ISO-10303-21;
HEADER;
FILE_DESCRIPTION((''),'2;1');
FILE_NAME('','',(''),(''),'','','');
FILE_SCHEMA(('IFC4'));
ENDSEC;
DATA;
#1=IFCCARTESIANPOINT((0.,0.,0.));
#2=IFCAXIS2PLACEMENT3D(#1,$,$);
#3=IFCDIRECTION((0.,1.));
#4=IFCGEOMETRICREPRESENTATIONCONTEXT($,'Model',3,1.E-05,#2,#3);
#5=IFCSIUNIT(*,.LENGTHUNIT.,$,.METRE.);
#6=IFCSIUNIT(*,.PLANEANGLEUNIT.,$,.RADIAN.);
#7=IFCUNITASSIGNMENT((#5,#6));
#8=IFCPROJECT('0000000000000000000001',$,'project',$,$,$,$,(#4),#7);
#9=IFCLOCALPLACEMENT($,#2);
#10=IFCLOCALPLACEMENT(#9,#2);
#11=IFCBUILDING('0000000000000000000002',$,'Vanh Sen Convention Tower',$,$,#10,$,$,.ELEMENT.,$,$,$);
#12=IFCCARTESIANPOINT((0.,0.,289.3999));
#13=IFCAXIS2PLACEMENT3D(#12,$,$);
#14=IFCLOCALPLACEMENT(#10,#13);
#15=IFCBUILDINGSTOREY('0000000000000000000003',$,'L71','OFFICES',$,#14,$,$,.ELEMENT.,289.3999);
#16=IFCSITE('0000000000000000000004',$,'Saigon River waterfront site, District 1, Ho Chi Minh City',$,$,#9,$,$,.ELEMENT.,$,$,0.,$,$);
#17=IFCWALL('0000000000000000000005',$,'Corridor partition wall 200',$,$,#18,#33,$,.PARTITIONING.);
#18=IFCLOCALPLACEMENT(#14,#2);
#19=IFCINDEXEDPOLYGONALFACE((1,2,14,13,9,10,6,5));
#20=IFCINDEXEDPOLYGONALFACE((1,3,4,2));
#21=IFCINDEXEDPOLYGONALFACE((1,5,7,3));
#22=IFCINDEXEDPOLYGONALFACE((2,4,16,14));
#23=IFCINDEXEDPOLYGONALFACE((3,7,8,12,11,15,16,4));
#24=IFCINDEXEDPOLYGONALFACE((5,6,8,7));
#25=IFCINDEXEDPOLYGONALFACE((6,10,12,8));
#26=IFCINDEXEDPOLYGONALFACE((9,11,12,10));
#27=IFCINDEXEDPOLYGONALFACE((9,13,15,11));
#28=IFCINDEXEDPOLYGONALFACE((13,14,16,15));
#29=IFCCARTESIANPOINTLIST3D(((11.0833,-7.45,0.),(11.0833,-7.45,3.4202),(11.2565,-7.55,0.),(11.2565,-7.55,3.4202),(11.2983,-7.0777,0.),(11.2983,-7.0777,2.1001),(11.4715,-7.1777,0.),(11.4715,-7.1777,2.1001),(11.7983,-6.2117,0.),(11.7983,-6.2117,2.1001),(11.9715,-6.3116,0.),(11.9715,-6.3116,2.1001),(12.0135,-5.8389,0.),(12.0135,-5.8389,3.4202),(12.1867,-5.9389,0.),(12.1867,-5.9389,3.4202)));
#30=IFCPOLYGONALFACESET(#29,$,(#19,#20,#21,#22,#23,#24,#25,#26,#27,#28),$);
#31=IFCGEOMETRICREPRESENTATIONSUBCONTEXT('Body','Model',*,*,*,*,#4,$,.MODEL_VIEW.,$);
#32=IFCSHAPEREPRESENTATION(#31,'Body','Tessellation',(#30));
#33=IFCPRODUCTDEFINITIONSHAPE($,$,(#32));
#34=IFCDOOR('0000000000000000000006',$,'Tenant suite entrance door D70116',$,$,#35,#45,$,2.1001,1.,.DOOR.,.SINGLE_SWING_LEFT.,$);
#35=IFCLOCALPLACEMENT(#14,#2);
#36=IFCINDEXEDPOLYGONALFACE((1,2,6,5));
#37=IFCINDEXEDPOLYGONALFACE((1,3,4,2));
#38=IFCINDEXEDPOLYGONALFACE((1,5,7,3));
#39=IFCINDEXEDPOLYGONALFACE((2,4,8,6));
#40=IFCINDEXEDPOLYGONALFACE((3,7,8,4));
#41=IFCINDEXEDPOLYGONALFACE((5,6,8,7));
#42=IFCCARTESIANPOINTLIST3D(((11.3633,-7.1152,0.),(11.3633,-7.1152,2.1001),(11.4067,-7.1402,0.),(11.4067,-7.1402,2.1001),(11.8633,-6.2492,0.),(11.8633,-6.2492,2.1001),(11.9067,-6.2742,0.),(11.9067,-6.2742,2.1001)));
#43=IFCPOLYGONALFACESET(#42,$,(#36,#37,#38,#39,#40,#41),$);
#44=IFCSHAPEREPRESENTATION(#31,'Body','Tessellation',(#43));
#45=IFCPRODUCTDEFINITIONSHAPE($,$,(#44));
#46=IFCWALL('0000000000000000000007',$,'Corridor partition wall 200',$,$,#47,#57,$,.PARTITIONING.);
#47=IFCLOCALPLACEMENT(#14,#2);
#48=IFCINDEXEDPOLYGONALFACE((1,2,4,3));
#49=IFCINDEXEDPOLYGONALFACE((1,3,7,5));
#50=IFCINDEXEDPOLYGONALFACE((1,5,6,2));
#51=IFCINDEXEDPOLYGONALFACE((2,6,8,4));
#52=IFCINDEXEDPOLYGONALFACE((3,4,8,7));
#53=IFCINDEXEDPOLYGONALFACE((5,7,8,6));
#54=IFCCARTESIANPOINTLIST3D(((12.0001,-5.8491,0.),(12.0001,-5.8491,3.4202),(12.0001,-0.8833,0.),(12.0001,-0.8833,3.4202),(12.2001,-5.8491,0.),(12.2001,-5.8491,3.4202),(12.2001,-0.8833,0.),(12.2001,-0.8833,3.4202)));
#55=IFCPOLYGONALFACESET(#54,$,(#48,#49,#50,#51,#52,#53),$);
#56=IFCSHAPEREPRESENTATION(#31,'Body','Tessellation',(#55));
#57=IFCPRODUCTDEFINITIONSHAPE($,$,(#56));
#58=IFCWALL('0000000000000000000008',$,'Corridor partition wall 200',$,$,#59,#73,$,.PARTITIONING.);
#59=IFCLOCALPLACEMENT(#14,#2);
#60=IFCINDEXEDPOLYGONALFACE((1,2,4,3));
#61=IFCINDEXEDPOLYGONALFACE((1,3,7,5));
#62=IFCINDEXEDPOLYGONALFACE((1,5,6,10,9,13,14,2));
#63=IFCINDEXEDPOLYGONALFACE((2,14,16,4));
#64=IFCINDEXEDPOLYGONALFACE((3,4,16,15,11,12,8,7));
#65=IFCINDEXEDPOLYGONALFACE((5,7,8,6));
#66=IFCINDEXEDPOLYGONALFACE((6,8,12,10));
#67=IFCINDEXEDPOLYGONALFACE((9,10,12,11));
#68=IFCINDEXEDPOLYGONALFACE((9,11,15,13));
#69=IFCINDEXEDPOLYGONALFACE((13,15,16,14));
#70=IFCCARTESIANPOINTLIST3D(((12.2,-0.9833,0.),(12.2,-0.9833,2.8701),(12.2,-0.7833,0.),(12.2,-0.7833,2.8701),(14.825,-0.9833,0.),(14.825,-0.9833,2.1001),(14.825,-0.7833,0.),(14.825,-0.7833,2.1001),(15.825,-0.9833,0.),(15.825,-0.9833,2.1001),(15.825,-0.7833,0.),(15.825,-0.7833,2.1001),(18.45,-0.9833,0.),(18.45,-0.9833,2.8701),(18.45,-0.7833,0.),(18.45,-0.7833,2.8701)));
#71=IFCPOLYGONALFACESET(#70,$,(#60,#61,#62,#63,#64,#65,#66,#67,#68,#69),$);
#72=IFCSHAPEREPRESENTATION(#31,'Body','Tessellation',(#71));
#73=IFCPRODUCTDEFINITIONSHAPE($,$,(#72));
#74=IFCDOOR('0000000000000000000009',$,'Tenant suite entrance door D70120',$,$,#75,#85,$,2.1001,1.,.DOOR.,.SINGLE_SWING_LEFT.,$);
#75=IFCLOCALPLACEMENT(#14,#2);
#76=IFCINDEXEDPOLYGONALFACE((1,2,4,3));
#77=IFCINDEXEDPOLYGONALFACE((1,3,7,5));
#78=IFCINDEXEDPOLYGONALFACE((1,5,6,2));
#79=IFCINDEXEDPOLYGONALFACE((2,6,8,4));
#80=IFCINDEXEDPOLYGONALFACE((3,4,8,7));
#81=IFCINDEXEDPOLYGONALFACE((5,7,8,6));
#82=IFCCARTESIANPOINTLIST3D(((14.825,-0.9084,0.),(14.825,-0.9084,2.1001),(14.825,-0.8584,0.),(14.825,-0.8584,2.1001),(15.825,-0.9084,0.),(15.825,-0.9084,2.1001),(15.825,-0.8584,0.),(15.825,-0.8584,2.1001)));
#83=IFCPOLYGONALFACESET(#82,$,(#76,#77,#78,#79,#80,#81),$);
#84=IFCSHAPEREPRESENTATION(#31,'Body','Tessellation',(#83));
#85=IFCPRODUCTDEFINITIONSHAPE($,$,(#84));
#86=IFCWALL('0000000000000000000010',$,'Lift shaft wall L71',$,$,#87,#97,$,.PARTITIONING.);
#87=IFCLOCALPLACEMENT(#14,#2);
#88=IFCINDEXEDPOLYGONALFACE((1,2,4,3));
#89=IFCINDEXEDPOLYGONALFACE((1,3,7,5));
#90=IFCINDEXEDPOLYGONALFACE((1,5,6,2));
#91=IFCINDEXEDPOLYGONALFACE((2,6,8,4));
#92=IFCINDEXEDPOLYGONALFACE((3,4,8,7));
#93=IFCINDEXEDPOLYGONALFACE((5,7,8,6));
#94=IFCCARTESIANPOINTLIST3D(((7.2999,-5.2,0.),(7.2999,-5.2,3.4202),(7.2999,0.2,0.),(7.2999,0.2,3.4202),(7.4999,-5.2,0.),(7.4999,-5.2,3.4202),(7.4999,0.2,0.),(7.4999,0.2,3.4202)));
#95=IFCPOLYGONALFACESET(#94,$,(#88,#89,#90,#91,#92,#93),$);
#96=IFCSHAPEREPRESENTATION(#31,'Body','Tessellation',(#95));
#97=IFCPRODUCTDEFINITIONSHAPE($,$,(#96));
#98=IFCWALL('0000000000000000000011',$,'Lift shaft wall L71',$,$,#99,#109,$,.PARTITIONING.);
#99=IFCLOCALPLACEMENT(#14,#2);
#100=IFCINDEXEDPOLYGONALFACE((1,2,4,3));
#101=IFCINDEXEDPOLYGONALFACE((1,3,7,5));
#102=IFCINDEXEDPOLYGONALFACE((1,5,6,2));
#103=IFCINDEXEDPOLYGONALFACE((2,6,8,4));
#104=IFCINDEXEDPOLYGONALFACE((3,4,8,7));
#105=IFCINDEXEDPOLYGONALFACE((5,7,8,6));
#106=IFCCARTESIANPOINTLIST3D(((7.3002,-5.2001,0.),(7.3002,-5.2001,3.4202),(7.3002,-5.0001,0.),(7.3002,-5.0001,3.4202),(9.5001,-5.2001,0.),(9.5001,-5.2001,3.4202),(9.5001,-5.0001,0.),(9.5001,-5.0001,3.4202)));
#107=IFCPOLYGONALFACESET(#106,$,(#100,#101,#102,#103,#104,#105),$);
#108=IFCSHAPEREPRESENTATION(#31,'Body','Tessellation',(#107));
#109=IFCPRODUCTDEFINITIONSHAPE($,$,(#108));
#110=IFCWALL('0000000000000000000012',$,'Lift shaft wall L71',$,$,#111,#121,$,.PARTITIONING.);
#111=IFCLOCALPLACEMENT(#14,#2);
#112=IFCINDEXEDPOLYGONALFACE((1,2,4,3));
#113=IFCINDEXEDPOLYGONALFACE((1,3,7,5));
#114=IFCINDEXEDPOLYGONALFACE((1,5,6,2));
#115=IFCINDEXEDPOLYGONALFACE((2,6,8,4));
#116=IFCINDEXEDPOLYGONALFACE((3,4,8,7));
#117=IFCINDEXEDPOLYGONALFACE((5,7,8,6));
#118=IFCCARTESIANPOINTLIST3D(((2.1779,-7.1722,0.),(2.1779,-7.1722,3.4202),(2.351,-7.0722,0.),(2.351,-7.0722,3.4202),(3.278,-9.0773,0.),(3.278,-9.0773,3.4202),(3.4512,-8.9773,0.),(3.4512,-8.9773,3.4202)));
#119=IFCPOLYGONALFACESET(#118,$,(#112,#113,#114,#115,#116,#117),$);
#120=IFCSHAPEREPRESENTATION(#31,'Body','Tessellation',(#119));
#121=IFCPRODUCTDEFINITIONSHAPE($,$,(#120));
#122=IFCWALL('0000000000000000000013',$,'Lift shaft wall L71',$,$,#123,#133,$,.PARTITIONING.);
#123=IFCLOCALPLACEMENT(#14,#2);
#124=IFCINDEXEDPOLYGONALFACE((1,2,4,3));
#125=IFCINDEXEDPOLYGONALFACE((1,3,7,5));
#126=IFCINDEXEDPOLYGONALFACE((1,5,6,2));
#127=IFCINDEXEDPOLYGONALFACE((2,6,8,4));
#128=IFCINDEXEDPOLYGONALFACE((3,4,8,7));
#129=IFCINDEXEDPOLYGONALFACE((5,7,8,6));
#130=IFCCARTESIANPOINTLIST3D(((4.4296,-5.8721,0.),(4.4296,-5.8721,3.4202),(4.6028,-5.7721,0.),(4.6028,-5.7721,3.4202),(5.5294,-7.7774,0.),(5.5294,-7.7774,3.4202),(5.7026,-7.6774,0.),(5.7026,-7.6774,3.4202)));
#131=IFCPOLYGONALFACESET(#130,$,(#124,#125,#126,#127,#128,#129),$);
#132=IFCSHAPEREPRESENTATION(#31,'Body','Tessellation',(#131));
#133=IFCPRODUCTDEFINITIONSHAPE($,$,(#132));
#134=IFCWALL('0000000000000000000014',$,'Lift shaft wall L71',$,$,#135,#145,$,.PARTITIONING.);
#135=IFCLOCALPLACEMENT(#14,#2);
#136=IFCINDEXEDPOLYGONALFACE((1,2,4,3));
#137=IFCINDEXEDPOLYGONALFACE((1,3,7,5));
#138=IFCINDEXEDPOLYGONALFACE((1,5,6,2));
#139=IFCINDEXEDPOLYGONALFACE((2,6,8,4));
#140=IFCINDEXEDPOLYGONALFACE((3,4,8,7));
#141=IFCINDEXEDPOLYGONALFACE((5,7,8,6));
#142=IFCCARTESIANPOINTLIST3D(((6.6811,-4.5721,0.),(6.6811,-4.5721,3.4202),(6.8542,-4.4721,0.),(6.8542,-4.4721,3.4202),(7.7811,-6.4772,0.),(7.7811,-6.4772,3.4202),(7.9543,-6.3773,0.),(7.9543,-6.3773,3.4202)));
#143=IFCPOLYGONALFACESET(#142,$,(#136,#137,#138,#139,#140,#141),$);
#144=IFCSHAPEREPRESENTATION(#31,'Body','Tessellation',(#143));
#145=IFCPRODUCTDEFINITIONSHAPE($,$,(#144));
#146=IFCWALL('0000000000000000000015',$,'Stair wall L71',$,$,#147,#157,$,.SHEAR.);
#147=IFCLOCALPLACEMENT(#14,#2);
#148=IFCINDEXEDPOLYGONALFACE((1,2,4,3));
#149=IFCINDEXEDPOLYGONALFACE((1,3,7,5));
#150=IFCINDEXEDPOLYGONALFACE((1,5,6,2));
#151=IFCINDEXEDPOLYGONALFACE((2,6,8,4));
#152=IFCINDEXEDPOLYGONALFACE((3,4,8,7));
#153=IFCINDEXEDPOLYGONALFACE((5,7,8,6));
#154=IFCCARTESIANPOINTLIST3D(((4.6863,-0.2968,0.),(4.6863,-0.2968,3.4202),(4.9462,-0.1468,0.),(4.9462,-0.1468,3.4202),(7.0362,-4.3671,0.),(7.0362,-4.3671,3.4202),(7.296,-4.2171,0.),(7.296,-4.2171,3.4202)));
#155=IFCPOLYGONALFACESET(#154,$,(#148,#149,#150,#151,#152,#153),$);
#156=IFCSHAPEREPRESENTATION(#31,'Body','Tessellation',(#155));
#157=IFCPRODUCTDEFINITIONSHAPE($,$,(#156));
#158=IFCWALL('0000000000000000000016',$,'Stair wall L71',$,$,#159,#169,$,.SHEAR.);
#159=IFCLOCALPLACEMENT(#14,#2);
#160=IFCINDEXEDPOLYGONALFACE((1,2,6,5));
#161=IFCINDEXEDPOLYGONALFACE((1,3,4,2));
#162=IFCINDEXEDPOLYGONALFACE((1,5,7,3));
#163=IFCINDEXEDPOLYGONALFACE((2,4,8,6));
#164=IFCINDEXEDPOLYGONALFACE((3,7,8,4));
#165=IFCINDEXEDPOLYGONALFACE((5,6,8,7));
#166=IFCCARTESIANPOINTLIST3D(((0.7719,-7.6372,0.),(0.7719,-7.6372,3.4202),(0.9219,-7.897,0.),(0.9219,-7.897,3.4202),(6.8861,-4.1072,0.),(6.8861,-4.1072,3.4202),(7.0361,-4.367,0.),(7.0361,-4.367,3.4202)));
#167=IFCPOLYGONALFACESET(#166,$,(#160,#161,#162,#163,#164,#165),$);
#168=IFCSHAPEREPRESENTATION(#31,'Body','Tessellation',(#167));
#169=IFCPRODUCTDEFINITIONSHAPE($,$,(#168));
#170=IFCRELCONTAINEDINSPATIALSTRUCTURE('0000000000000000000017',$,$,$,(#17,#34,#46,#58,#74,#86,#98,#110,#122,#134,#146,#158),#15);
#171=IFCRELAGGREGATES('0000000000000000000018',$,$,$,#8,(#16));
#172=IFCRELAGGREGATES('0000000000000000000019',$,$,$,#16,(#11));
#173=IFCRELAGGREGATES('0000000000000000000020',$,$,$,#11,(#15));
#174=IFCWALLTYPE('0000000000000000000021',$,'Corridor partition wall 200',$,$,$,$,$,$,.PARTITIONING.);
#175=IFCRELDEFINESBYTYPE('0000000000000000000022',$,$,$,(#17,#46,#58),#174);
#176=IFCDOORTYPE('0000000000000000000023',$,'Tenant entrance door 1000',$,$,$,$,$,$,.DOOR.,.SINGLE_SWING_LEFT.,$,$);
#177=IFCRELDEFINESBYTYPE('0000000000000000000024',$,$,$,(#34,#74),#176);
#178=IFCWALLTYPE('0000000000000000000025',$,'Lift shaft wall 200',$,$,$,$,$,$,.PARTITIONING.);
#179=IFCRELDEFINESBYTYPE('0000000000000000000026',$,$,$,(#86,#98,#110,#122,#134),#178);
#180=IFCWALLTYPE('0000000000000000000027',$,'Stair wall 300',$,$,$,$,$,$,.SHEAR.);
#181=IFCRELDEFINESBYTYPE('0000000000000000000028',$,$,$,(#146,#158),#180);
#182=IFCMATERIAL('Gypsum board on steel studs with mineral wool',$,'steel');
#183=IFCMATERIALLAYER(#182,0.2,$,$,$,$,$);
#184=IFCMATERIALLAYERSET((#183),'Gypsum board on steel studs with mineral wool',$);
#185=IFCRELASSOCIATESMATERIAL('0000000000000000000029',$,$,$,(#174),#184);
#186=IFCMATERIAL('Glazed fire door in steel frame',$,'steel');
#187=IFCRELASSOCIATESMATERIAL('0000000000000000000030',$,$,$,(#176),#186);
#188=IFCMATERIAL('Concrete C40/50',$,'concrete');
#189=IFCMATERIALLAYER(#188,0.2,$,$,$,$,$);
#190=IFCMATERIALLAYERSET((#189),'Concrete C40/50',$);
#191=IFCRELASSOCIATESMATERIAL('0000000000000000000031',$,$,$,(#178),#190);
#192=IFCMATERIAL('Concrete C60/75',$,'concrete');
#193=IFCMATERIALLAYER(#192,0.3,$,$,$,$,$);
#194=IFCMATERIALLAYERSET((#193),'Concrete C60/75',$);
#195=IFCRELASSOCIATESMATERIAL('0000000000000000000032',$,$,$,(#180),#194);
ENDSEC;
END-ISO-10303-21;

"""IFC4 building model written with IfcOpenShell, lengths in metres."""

from ifc_helpers import new_model, si_unit, direction, frame, frame_2d, origin, place, context, subcontext, project, spatial, rectangle, extrude, material, layer, layer_set, type_object, element, fill, save


model = new_model("IFC4")

# Units and contexts
model_context = context("Model", 3, precision=1e-05, world=origin(), true_north=direction((0.0, 1.0)))
body_context = subcontext(model_context, "Body", "Model", "MODEL_VIEW")
ifc_project = project(units=[si_unit("LENGTHUNIT", "METRE"), si_unit("PLANEANGLEUNIT", "RADIAN")], contexts=[model_context])

# Site, building, storey
site_placement = place(None, origin())
site = spatial("IfcSite", under=ifc_project, at=site_placement, Name="Saigon River waterfront site, District 1, Ho Chi Minh City", CompositionType="ELEMENT", RefElevation=0.0)
building_placement = place(site_placement, origin())
building = spatial("IfcBuilding", under=site, at=building_placement, Name="Vanh Sen Convention Tower", CompositionType="ELEMENT")
storey_placement = place(building_placement, frame((0.0, 0.0, 289.3999)))
storey = spatial("IfcBuildingStorey", under=building, at=storey_placement, Name="L71", Description="OFFICES", CompositionType="ELEMENT", Elevation=289.3999)

# Shared definitions
ifc_material_1 = material(Name="Concrete C60/75", Category="concrete")

# Shared definitions
ifc_material_2 = material(Name="Gypsum board on steel studs with mineral wool", Category="steel")
ifc_layer_1 = layer(ifc_material_2, 0.2)
ifc_layer_set_1 = layer_set([ifc_layer_1], Name="Gypsum board on steel studs with mineral wool")
wall_type_1 = type_object("IfcWallType", Name="Corridor partition wall 200", PredefinedType="PARTITIONING", material=ifc_layer_set_1)

# Wall, opening, door
wall_1_placement = place(storey_placement, frame((11.1699, -7.5, 0.0), z_axis=(0.0, 0.0, 1.0), x_axis=(0.500006, 0.866022, 0.0)))
wall_1 = element("IfcWall", 1, at=wall_1_placement, inside=storey, type_object=wall_type_1, Name="Corridor partition wall 200", PredefinedType="PARTITIONING", context=body_context, shape_type="SweptSolid", body=[
    extrude(rectangle(XDim=1.8604, YDim=0.2, at=frame_2d((0.9302, 0.0))), origin(), (0.0, 0.0, 1.0), 3.4202),
])
opening_1_placement = place(wall_1_placement, frame((0.4299, 0.0, 0.0)))
opening_1 = element("IfcOpeningElement", 2, at=opening_1_placement, cuts=wall_1, PredefinedType="OPENING", context=body_context, shape_type="SweptSolid", body=[
    extrude(rectangle(XDim=1.0, YDim=2.1001, at=frame_2d((0.5, 1.05))), frame((0.0, 0.1099, 0.0), z_axis=(0.0, -1.0, 0.0), x_axis=(1.0, 0.0, 0.0)), (0.0, 0.0, 1.0), 0.22),
])
ifc_material_3 = material(Name="Glazed fire door in steel frame", Category="steel")
door_type_1 = type_object("IfcDoorType", Name="Tenant entrance door 1000", OperationType="SINGLE_SWING_LEFT", PredefinedType="DOOR", material=ifc_material_3)
door_1_placement = place(opening_1_placement, origin())
door_1 = element("IfcDoor", 3, at=door_1_placement, inside=storey, type_object=door_type_1, Name="Tenant suite entrance door D70116", OperationType="SINGLE_SWING_LEFT", OverallHeight=2.1001, OverallWidth=1.0, PredefinedType="DOOR", context=body_context, shape_type="SweptSolid", body=[
    extrude(rectangle(XDim=1.0, YDim=2.1001, at=frame_2d((0.5, 1.05))), frame((0.0, 0.0249, 0.0), z_axis=(0.0, -1.0, 0.0), x_axis=(1.0, 0.0, 0.0)), (0.0, 0.0, 1.0), 0.05),
])
fill(opening_1, door_1)

# Wall
wall_2_placement = place(storey_placement, frame((12.1001, -5.8491, 0.0), z_axis=(0.0, 0.0, 1.0), x_axis=(0.0, 1.0, 0.0)))
element("IfcWall", 4, at=wall_2_placement, inside=storey, type_object=wall_type_1, Name="Corridor partition wall 200", PredefinedType="PARTITIONING", context=body_context, shape_type="SweptSolid", body=[
    extrude(rectangle(XDim=4.9658, YDim=0.2, at=frame_2d((2.4829, 0.0))), origin(), (0.0, 0.0, 1.0), 3.4202),
])

# Wall, opening, door
wall_3_placement = place(storey_placement, frame((12.2, -0.8833, 0.0), z_axis=(0.0, 0.0, 1.0), x_axis=(1.0, 0.0, 0.0)))
wall_3 = element("IfcWall", 5, at=wall_3_placement, inside=storey, type_object=wall_type_1, Name="Corridor partition wall 200", PredefinedType="PARTITIONING", context=body_context, shape_type="SweptSolid", body=[
    extrude(rectangle(XDim=6.25, YDim=0.2, at=frame_2d((3.125, 0.0))), origin(), (0.0, 0.0, 1.0), 2.8701),
])
opening_2_placement = place(wall_3_placement, frame((2.625, 0.0, 0.0)))
opening_2 = element("IfcOpeningElement", 6, at=opening_2_placement, cuts=wall_3, PredefinedType="OPENING", context=body_context, shape_type="SweptSolid", body=[
    extrude(rectangle(XDim=1.0, YDim=2.1001, at=frame_2d((0.5, 1.05))), frame((0.0, 0.1099, 0.0), z_axis=(0.0, -1.0, 0.0), x_axis=(1.0, 0.0, 0.0)), (0.0, 0.0, 1.0), 0.22),
])
door_2_placement = place(opening_2_placement, origin())
door_2 = element("IfcDoor", 7, at=door_2_placement, inside=storey, type_object=door_type_1, Name="Tenant suite entrance door D70120", OperationType="SINGLE_SWING_LEFT", OverallHeight=2.1001, OverallWidth=1.0, PredefinedType="DOOR", context=body_context, shape_type="SweptSolid", body=[
    extrude(rectangle(XDim=1.0, YDim=2.1001, at=frame_2d((0.5, 1.05))), frame((0.0, 0.0249, 0.0), z_axis=(0.0, -1.0, 0.0), x_axis=(1.0, 0.0, 0.0)), (0.0, 0.0, 1.0), 0.05),
])
fill(opening_2, door_2)

# Walls
ifc_material_4 = material(Name="Concrete C40/50", Category="concrete")
ifc_layer_2 = layer(ifc_material_4, 0.2)
ifc_layer_set_2 = layer_set([ifc_layer_2], Name="Concrete C40/50")
wall_type_2 = type_object("IfcWallType", Name="Lift shaft wall 200", PredefinedType="PARTITIONING", material=ifc_layer_set_2)
wall_4_placement = place(storey_placement, frame((7.3999, -5.2, 0.0), z_axis=(0.0, 0.0, 1.0), x_axis=(0.0, 1.0, 0.0)))
element("IfcWall", 8, at=wall_4_placement, inside=storey, type_object=wall_type_2, Name="Lift shaft wall L71", PredefinedType="PARTITIONING", context=body_context, shape_type="SweptSolid", body=[
    extrude(rectangle(XDim=5.3999, YDim=0.2, at=frame_2d((2.7, 0.0))), origin(), (0.0, 0.0, 1.0), 3.4202),
])
for number, where, z_axis, x_axis, name in (
    (9, (7.3, -5.1001, 0.0), (0.0, 0.0, 1.0), (1.0, 0.0, 0.0), "Lift shaft wall L71"),
    (10, (2.2644, -7.1221, 0.0), (0.0, 0.0, 1.0), (0.500078, -0.86598, 0.0), "Lift shaft wall L71"),
    (11, (4.5161, -5.822, 0.0), (0.0, 0.0, 1.0), (0.499947, -0.866056, 0.0), "Lift shaft wall L71"),
    (12, (6.7676, -4.522, 0.0), (0.0, 0.0, 1.0), (0.50003, -0.866008, 0.0), "Lift shaft wall L71"),
):
    element("IfcWall", number, at=place(storey_placement, frame(where, z_axis=z_axis, x_axis=x_axis)), inside=storey, type_object=wall_type_2, Name=name, PredefinedType="PARTITIONING", context=body_context, shape_type="SweptSolid", body=[
        extrude(rectangle(XDim=2.2, YDim=0.2, at=frame_2d((1.1001, 0.0))), origin(), (0.0, 0.0, 1.0), 3.4202),
    ])
ifc_layer_3 = layer(ifc_material_1, 0.3)
ifc_layer_set_3 = layer_set([ifc_layer_3], Name="Concrete C60/75")
wall_type_3 = type_object("IfcWallType", Name="Stair wall 300", PredefinedType="SHEAR", material=ifc_layer_set_3)
wall_5_placement = place(storey_placement, frame((4.8162, -0.2217, 0.0), z_axis=(0.0, 0.0, 1.0), x_axis=(0.499977, -0.866039, 0.0)))
element("IfcWall", 13, at=wall_5_placement, inside=storey, type_object=wall_type_3, Name="Stair wall L71", PredefinedType="SHEAR", context=body_context, shape_type="SweptSolid", body=[
    extrude(rectangle(XDim=4.7, YDim=0.3, at=frame_2d((2.3501, 0.0))), origin(), (0.0, 0.0, 1.0), 3.4202),
])
wall_6_placement = place(storey_placement, frame((0.8469, -7.7671, 0.0), z_axis=(0.0, 0.0, 1.0), x_axis=(0.866028, 0.499996, 0.0)))
element("IfcWall", 14, at=wall_6_placement, inside=storey, type_object=wall_type_3, Name="Stair wall L71", PredefinedType="SHEAR", context=body_context, shape_type="SweptSolid", body=[
    extrude(rectangle(XDim=7.0601, YDim=0.3, at=frame_2d((3.53, 0.0))), origin(), (0.0, 0.0, 1.0), 3.4202),
])

save(model, "model.ifc")
